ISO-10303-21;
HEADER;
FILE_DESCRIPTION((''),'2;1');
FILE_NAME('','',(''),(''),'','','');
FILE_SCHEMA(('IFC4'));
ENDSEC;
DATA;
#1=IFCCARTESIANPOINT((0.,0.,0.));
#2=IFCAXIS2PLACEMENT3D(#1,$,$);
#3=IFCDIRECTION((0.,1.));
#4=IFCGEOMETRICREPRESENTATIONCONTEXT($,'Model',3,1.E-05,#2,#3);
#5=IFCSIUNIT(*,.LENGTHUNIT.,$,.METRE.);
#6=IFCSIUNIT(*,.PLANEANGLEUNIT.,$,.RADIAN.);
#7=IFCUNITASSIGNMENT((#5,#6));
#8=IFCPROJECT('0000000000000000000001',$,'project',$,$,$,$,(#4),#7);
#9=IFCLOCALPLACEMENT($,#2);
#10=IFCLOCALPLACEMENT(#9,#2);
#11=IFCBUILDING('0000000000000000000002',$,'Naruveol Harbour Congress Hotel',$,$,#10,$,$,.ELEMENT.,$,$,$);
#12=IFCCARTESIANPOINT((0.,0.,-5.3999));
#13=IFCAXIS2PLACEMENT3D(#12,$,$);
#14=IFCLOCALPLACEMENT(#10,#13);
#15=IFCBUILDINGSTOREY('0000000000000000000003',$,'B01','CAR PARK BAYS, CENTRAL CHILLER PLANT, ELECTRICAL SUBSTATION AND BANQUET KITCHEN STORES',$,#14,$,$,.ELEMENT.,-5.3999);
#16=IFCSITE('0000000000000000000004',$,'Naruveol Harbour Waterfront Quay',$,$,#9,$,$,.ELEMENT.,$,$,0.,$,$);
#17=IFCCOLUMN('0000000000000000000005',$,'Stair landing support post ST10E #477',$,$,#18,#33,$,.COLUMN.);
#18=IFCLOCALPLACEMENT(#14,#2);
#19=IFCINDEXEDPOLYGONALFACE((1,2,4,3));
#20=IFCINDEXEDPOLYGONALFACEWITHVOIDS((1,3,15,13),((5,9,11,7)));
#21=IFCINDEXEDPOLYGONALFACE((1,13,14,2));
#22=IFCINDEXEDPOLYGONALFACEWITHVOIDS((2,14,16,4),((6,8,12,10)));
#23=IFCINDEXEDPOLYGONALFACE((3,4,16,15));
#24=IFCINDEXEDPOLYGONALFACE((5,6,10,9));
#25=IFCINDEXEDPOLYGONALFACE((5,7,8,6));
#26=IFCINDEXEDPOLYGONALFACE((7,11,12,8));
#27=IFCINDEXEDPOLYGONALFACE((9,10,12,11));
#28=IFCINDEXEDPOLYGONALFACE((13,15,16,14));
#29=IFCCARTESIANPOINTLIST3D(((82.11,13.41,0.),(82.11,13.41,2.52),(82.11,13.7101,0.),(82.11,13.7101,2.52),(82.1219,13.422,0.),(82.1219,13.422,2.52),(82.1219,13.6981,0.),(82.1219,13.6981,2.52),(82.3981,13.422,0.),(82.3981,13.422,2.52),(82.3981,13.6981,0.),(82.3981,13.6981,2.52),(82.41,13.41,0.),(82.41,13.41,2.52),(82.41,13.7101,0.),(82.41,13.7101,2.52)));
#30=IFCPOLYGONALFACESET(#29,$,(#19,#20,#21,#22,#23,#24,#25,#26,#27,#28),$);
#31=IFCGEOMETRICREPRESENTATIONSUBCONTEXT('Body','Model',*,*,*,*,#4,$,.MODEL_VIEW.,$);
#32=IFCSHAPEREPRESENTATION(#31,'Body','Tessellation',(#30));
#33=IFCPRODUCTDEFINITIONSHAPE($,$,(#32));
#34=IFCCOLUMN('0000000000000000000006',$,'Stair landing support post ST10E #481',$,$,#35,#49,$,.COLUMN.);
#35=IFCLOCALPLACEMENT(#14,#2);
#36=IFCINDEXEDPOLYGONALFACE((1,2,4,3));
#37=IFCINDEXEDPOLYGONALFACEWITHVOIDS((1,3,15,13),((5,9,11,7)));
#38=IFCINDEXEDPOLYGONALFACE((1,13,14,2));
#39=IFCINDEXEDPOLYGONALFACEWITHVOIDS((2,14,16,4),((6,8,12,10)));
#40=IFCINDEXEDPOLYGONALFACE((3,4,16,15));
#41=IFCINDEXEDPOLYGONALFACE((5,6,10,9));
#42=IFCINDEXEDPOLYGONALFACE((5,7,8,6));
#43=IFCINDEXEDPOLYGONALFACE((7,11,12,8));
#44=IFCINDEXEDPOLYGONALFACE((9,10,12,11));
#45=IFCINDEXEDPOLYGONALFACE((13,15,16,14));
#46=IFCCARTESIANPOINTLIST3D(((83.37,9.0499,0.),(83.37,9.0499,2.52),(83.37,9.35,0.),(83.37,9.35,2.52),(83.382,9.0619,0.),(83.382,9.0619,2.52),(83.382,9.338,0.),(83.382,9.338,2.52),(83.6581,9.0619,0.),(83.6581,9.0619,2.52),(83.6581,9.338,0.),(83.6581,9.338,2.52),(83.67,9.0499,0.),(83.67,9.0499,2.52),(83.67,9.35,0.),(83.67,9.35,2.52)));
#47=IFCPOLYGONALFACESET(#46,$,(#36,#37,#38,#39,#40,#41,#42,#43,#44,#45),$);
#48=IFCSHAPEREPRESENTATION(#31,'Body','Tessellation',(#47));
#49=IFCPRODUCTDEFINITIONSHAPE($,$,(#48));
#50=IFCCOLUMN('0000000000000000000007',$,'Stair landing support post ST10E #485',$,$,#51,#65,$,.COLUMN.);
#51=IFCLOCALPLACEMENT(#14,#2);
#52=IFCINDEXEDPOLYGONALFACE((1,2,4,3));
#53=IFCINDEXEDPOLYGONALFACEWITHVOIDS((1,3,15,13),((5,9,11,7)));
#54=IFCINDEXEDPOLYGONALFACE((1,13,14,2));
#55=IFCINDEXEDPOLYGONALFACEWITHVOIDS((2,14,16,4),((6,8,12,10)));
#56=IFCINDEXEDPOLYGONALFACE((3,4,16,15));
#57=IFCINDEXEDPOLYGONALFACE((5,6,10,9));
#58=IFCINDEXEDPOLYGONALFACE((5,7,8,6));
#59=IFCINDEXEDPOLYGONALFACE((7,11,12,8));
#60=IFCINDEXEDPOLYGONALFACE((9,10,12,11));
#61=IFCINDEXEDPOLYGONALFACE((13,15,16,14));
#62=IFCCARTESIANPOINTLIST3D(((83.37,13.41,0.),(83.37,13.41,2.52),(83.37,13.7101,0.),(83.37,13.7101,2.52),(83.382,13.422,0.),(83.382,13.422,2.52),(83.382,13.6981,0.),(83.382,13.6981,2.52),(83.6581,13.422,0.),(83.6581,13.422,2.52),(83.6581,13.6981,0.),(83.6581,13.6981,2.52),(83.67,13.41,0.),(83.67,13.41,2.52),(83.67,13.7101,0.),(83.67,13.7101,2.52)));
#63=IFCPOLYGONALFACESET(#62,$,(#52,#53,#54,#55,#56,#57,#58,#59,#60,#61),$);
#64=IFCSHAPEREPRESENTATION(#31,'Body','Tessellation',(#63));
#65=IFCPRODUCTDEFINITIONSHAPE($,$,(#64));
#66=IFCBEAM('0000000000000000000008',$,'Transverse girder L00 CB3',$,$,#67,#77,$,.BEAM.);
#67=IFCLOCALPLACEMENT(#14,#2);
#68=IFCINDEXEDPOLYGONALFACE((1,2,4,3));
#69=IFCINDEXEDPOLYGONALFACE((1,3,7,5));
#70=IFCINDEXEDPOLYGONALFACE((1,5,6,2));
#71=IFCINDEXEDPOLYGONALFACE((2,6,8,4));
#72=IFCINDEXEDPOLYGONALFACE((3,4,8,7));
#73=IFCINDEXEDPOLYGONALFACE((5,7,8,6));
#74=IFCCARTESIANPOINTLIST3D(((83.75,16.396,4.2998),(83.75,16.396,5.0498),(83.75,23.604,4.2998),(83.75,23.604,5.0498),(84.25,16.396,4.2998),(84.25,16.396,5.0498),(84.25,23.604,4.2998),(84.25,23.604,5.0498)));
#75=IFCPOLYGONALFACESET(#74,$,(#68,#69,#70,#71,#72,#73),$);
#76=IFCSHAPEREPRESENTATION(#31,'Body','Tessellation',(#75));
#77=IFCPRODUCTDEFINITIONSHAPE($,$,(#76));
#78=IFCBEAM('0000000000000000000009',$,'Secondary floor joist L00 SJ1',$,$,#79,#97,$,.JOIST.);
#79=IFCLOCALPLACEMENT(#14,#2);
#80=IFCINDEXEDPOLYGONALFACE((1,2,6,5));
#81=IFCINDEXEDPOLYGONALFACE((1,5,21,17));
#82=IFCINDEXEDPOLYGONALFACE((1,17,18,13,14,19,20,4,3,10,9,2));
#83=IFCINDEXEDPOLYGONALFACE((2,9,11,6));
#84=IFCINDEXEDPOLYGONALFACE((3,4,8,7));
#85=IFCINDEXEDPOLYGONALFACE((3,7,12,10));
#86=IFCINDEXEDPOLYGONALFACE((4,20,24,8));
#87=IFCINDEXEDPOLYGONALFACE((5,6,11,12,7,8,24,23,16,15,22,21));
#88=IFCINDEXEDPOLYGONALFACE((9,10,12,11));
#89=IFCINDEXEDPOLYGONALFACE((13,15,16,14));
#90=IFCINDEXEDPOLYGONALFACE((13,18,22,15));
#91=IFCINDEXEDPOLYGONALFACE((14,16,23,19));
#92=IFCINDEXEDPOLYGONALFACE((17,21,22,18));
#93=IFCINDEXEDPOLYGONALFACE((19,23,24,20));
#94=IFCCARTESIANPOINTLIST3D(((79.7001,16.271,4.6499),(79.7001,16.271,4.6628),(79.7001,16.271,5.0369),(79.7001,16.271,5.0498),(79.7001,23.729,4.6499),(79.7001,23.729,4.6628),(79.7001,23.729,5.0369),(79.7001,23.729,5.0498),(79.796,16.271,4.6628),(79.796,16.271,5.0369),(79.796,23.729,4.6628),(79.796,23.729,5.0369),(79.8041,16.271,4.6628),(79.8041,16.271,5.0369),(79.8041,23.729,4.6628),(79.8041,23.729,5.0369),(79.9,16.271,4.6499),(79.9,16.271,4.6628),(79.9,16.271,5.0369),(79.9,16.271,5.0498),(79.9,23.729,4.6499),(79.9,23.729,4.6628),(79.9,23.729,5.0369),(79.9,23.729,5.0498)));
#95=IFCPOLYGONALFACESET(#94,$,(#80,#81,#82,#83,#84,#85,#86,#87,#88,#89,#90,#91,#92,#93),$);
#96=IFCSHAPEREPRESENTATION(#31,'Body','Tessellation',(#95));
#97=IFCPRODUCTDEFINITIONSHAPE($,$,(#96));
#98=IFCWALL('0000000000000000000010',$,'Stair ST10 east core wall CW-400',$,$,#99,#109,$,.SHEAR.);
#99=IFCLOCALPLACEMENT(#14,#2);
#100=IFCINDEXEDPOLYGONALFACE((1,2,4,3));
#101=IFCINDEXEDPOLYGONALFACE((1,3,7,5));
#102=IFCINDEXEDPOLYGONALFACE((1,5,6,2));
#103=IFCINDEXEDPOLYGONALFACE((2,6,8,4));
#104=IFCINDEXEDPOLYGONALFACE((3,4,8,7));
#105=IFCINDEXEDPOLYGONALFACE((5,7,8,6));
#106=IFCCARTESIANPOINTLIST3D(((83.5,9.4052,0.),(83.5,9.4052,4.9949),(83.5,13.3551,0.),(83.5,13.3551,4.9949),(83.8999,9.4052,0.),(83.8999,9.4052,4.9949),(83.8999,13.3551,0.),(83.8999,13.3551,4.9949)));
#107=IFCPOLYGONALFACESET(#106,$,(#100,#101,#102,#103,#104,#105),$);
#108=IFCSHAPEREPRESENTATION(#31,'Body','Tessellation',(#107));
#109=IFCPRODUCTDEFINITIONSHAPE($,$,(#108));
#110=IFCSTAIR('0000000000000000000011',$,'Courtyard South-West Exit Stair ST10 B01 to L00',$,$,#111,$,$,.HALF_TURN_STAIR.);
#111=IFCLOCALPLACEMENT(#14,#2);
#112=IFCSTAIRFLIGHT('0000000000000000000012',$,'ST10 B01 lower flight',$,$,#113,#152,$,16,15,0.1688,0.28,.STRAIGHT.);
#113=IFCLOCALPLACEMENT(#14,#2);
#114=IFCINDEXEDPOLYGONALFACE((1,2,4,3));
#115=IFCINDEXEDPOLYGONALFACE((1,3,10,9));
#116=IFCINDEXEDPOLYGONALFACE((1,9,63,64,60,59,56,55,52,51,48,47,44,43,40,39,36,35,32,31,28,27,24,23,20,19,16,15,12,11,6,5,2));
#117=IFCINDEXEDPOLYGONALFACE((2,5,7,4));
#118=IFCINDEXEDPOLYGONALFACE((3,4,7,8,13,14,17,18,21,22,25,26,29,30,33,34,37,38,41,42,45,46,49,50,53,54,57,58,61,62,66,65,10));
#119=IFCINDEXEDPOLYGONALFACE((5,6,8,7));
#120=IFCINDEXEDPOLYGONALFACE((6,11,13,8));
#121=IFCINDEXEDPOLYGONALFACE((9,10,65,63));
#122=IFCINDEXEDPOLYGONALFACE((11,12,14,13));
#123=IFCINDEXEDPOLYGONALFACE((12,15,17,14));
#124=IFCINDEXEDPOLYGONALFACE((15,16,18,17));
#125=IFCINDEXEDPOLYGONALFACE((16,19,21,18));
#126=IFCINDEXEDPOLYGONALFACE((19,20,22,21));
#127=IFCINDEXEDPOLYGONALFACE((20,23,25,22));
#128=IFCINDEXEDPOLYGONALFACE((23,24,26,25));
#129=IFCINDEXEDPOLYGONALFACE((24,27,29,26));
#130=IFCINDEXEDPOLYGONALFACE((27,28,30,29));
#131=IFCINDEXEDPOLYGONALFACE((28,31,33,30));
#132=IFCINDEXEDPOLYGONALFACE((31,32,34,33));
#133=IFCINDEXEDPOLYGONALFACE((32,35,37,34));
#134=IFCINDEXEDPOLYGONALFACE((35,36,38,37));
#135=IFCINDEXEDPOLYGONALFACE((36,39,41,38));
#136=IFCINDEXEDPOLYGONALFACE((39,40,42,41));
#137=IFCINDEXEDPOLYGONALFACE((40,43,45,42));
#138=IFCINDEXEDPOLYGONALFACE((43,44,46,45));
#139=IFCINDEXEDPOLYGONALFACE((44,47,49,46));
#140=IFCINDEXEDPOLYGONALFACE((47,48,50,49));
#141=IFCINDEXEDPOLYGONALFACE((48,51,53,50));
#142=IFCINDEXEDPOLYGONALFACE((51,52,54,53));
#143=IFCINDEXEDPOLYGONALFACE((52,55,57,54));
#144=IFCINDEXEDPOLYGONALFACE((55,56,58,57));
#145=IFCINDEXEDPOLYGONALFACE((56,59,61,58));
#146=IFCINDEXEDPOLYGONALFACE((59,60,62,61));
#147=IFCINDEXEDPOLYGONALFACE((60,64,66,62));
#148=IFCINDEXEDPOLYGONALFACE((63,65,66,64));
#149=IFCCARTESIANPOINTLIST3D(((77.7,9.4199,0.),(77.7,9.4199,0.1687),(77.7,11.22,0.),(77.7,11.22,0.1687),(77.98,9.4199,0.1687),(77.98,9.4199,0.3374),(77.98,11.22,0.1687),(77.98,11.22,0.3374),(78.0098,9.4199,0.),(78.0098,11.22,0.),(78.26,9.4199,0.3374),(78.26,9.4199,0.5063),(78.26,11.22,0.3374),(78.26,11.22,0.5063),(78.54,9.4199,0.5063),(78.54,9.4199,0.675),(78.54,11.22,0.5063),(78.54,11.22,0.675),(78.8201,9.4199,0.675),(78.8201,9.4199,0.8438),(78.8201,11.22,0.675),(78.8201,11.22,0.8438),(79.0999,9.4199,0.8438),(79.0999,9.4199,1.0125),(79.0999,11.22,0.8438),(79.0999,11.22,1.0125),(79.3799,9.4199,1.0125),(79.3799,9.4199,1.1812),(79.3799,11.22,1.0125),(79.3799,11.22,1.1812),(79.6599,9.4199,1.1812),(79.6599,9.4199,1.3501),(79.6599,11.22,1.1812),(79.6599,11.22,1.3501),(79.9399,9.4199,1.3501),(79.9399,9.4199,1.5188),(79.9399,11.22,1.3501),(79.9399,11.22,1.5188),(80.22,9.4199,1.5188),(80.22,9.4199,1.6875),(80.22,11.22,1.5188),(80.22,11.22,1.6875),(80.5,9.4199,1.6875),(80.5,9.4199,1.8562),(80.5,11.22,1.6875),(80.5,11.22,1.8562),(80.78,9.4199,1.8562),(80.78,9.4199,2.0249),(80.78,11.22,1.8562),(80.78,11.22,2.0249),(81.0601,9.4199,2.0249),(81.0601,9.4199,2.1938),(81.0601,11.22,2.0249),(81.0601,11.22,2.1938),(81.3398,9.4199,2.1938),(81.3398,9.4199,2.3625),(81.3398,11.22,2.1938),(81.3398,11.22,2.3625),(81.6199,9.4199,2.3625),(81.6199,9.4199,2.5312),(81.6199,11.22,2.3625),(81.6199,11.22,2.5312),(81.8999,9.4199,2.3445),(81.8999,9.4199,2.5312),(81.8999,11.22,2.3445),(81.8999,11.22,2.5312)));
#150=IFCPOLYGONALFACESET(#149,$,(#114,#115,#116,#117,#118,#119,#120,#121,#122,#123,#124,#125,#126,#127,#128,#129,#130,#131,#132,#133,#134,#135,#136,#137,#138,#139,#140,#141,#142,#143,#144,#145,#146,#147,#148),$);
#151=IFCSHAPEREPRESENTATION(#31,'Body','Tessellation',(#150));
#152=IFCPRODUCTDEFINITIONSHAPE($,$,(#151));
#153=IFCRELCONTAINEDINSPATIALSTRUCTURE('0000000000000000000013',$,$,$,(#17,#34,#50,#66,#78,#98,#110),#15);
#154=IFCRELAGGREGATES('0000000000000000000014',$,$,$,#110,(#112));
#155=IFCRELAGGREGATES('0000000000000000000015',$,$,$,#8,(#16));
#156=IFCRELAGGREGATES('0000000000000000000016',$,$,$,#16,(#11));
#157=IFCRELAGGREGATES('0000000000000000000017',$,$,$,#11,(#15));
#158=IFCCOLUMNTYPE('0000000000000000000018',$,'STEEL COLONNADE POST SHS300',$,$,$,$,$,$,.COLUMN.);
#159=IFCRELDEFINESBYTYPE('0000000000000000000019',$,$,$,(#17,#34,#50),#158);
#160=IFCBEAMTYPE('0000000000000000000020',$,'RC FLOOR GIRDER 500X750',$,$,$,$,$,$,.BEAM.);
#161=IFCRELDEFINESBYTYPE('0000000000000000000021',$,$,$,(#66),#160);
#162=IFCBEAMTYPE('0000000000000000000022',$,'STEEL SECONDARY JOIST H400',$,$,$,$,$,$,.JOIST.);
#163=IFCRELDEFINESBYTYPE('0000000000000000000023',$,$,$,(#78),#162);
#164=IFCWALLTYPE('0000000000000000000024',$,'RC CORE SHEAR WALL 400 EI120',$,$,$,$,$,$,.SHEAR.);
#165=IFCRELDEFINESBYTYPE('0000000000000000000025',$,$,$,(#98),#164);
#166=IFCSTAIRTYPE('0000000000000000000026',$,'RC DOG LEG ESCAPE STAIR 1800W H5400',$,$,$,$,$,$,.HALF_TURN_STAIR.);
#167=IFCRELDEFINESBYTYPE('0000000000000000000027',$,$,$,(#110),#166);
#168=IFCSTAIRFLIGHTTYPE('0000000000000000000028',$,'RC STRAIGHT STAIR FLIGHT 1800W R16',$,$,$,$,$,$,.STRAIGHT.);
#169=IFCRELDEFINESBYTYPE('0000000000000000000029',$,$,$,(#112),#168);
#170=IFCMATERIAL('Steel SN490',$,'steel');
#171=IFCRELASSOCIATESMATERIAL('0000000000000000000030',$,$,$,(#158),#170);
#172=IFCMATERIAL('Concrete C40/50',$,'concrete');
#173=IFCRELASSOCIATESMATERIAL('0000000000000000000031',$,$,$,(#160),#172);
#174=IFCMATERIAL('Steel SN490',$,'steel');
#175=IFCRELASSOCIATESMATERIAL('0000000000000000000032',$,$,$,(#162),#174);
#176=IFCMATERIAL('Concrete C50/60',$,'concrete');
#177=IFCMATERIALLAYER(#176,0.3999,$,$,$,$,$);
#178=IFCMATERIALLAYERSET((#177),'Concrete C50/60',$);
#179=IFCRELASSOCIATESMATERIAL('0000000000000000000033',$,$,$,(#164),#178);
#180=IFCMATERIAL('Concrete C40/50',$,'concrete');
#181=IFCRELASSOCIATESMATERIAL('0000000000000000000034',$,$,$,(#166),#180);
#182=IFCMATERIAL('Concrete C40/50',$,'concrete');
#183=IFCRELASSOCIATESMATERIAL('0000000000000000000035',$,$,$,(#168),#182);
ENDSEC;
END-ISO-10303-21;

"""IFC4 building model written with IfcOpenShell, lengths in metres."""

from ifc_helpers import new_model, si_unit, direction, frame, frame_2d, origin, origin_2d, place, context, subcontext, project, spatial, polyline, rectangle, hollow_rectangle, i_section, outline, extrude, material, layer, layer_set, material_profile, profile_set, type_object, element, aggregate, save


model = new_model("IFC4")

# Units and contexts
model_context = context("Model", 3, precision=1e-05, world=origin(), true_north=direction((0.0, 1.0)))
body_context = subcontext(model_context, "Body", "Model", "MODEL_VIEW")
ifc_project = project(units=[si_unit("LENGTHUNIT", "METRE"), si_unit("PLANEANGLEUNIT", "RADIAN")], contexts=[model_context])

# Site, building, storey
site_placement = place(None, origin())
site = spatial("IfcSite", under=ifc_project, at=site_placement, Name="Naruveol Harbour Waterfront Quay", CompositionType="ELEMENT", RefElevation=0.0)
building_placement = place(site_placement, origin())
building = spatial("IfcBuilding", under=site, at=building_placement, Name="Naruveol Harbour Congress Hotel", CompositionType="ELEMENT")
storey_placement = place(building_placement, frame((0.0, 0.0, -5.3999)))
storey = spatial("IfcBuildingStorey", under=building, at=storey_placement, Name="B01", Description="CAR PARK BAYS, CENTRAL CHILLER PLANT, ELECTRICAL SUBSTATION AND BANQUET KITCHEN STORES", CompositionType="ELEMENT", Elevation=-5.3999)

# Columns
ifc_material_1 = material(Name="Steel SN490", Category="steel")
ifc_material_profile_1 = material_profile(ifc_material_1, hollow_rectangle(XDim=0.3, YDim=0.3, WallThickness=0.012, at=origin_2d()), Name="SHS-300x300x12")
ifc_profile_set_1 = profile_set([ifc_material_profile_1], Name="Steel SN490")
column_type_1 = type_object("IfcColumnType", Name="STEEL COLONNADE POST SHS300", PredefinedType="COLUMN", material=ifc_profile_set_1)
for number, where, z_axis, x_axis, name in (
    (1, (82.26, 13.5601, 0.0), (0.0, 0.0, 1.0), (1.0, 0.0, 0.0), "Stair landing support post ST10E #477"),
    (2, (83.52, 9.2, 0.0), (0.0, 0.0, 1.0), (1.0, 0.0, 0.0), "Stair landing support post ST10E #481"),
    (3, (83.52, 13.5601, 0.0), (0.0, 0.0, 1.0), (1.0, 0.0, 0.0), "Stair landing support post ST10E #485"),
):
    element("IfcColumn", number, at=place(storey_placement, frame(where, z_axis=z_axis, x_axis=x_axis)), inside=storey, type_object=column_type_1, Name=name, PredefinedType="COLUMN", context=body_context, shape_type="SweptSolid", body=[
        extrude(hollow_rectangle(XDim=0.3, YDim=0.3, WallThickness=0.012, at=origin_2d()), origin(), (0.0, 0.0, 1.0), 2.52),
    ])

# Beams
ifc_material_2 = material(Name="Concrete C40/50", Category="concrete")
ifc_material_profile_2 = material_profile(ifc_material_2, rectangle(XDim=0.5, YDim=0.75, at=origin_2d()), Name="RCB-500x750")
ifc_profile_set_2 = profile_set([ifc_material_profile_2], Name="Concrete C40/50")
beam_type_1 = type_object("IfcBeamType", Name="RC FLOOR GIRDER 500X750", PredefinedType="BEAM", material=ifc_profile_set_2)
beam_1_placement = place(storey_placement, frame((84.0, 16.396, 4.6748), z_axis=(0.0, 1.0, 0.0), x_axis=(-1.0, 0.0, 0.0)))
element("IfcBeam", 4, at=beam_1_placement, inside=storey, type_object=beam_type_1, Name="Transverse girder L00 CB3", PredefinedType="BEAM", context=body_context, shape_type="SweptSolid", body=[
    extrude(rectangle(XDim=0.5, YDim=0.75, at=origin_2d()), origin(), (0.0, 0.0, 1.0), 7.208),
])
ifc_material_3 = material(Name="Steel SN490", Category="steel")
ifc_material_profile_3 = material_profile(ifc_material_3, i_section(OverallWidth=0.2, OverallDepth=0.3999, WebThickness=0.0081, FlangeThickness=0.0129, at=origin_2d()), Name="H-400x200x8x13")
ifc_profile_set_3 = profile_set([ifc_material_profile_3], Name="Steel SN490")
beam_type_2 = type_object("IfcBeamType", Name="STEEL SECONDARY JOIST H400", PredefinedType="JOIST", material=ifc_profile_set_3)
beam_2_placement = place(storey_placement, frame((79.8, 16.271, 4.8499), z_axis=(0.0, 1.0, 0.0), x_axis=(-1.0, 0.0, 0.0)))
element("IfcBeam", 5, at=beam_2_placement, inside=storey, type_object=beam_type_2, Name="Secondary floor joist L00 SJ1", PredefinedType="JOIST", context=body_context, shape_type="SweptSolid", body=[
    extrude(i_section(OverallWidth=0.2, OverallDepth=0.3999, WebThickness=0.0081, FlangeThickness=0.0129, at=origin_2d()), origin(), (0.0, 0.0, 1.0), 7.458),
])

# Wall
ifc_material_4 = material(Name="Concrete C50/60", Category="concrete")
ifc_layer_1 = layer(ifc_material_4, 0.3999)
ifc_layer_set_1 = layer_set([ifc_layer_1], Name="Concrete C50/60")
wall_type = type_object("IfcWallType", Name="RC CORE SHEAR WALL 400 EI120", PredefinedType="SHEAR", material=ifc_layer_set_1)
wall_placement = place(storey_placement, frame((83.7, 9.405, 0.0), z_axis=(0.0, 0.0, 1.0), x_axis=(0.0, 1.0, 0.0)))
element("IfcWall", 6, at=wall_placement, inside=storey, type_object=wall_type, Name="Stair ST10 east core wall CW-400", PredefinedType="SHEAR", context=body_context, shape_type="SweptSolid", body=[
    extrude(rectangle(XDim=3.95, YDim=0.3999, at=frame_2d((1.9751, 0.0))), origin(), (0.0, 0.0, 1.0), 4.9949),
])

# Stair, stair flight
ifc_material_5 = material(Name="Concrete C40/50", Category="concrete")
stair_type = type_object("IfcStairType", Name="RC DOG LEG ESCAPE STAIR 1800W H5400", PredefinedType="HALF_TURN_STAIR", material=ifc_material_5)
stair_placement = place(storey_placement, origin())
stair = element("IfcStair", 7, at=stair_placement, inside=storey, type_object=stair_type, Name="Courtyard South-West Exit Stair ST10 B01 to L00", PredefinedType="HALF_TURN_STAIR")
ifc_material_6 = material(Name="Concrete C40/50", Category="concrete")
stair_flight_type = type_object("IfcStairFlightType", Name="RC STRAIGHT STAIR FLIGHT 1800W R16", PredefinedType="STRAIGHT", material=ifc_material_6)
stair_flight_1_placement = place(storey_placement, frame((77.7, 10.3201, 0.0), z_axis=(0.0, 0.0, 1.0), x_axis=(1.0, 0.0, 0.0)))
stair_flight_1 = element("IfcStairFlight", 8, at=stair_flight_1_placement, type_object=stair_flight_type, Name="ST10 B01 lower flight", NumberOfRisers=16, NumberOfTreads=15, PredefinedType="STRAIGHT", RiserHeight=0.1688, TreadLength=0.28, context=body_context, shape_type="SweptSolid", body=[
    extrude(outline(polyline([(0.0, 0.0), (0.0, 0.1687), (0.28, 0.1687), (0.28, 0.3374), (0.5601, 0.3374), (0.5601, 0.5063), (0.8401, 0.5063), (0.8401, 0.675), (1.1201, 0.675), (1.1201, 0.8438), (1.3999, 0.8438), (1.3999, 1.0125), (1.6799, 1.0125), (1.6799, 1.1812), (1.96, 1.1812), (1.96, 1.3501), (2.24, 1.3501), (2.24, 1.5188), (2.52, 1.5188), (2.52, 1.6875), (2.8, 1.6875), (2.8, 1.8562), (3.0801, 1.8562), (3.0801, 2.0249), (3.3601, 2.0249), (3.3601, 2.1938), (3.6399, 2.1938), (3.6399, 2.3625), (3.9199, 2.3625), (3.9199, 2.5312), (4.2, 2.5312), (4.2, 2.7), (4.2, 2.3445), (0.3098, 0.0), (0.0, 0.0)])), frame((0.0, 0.8999, 0.0), z_axis=(0.0, -1.0, 0.0), x_axis=(1.0, 0.0, 0.0)), (0.0, 0.0, 1.0), 1.8),
])
aggregate(stair, [stair_flight_1])

save(model, "model.ifc")
